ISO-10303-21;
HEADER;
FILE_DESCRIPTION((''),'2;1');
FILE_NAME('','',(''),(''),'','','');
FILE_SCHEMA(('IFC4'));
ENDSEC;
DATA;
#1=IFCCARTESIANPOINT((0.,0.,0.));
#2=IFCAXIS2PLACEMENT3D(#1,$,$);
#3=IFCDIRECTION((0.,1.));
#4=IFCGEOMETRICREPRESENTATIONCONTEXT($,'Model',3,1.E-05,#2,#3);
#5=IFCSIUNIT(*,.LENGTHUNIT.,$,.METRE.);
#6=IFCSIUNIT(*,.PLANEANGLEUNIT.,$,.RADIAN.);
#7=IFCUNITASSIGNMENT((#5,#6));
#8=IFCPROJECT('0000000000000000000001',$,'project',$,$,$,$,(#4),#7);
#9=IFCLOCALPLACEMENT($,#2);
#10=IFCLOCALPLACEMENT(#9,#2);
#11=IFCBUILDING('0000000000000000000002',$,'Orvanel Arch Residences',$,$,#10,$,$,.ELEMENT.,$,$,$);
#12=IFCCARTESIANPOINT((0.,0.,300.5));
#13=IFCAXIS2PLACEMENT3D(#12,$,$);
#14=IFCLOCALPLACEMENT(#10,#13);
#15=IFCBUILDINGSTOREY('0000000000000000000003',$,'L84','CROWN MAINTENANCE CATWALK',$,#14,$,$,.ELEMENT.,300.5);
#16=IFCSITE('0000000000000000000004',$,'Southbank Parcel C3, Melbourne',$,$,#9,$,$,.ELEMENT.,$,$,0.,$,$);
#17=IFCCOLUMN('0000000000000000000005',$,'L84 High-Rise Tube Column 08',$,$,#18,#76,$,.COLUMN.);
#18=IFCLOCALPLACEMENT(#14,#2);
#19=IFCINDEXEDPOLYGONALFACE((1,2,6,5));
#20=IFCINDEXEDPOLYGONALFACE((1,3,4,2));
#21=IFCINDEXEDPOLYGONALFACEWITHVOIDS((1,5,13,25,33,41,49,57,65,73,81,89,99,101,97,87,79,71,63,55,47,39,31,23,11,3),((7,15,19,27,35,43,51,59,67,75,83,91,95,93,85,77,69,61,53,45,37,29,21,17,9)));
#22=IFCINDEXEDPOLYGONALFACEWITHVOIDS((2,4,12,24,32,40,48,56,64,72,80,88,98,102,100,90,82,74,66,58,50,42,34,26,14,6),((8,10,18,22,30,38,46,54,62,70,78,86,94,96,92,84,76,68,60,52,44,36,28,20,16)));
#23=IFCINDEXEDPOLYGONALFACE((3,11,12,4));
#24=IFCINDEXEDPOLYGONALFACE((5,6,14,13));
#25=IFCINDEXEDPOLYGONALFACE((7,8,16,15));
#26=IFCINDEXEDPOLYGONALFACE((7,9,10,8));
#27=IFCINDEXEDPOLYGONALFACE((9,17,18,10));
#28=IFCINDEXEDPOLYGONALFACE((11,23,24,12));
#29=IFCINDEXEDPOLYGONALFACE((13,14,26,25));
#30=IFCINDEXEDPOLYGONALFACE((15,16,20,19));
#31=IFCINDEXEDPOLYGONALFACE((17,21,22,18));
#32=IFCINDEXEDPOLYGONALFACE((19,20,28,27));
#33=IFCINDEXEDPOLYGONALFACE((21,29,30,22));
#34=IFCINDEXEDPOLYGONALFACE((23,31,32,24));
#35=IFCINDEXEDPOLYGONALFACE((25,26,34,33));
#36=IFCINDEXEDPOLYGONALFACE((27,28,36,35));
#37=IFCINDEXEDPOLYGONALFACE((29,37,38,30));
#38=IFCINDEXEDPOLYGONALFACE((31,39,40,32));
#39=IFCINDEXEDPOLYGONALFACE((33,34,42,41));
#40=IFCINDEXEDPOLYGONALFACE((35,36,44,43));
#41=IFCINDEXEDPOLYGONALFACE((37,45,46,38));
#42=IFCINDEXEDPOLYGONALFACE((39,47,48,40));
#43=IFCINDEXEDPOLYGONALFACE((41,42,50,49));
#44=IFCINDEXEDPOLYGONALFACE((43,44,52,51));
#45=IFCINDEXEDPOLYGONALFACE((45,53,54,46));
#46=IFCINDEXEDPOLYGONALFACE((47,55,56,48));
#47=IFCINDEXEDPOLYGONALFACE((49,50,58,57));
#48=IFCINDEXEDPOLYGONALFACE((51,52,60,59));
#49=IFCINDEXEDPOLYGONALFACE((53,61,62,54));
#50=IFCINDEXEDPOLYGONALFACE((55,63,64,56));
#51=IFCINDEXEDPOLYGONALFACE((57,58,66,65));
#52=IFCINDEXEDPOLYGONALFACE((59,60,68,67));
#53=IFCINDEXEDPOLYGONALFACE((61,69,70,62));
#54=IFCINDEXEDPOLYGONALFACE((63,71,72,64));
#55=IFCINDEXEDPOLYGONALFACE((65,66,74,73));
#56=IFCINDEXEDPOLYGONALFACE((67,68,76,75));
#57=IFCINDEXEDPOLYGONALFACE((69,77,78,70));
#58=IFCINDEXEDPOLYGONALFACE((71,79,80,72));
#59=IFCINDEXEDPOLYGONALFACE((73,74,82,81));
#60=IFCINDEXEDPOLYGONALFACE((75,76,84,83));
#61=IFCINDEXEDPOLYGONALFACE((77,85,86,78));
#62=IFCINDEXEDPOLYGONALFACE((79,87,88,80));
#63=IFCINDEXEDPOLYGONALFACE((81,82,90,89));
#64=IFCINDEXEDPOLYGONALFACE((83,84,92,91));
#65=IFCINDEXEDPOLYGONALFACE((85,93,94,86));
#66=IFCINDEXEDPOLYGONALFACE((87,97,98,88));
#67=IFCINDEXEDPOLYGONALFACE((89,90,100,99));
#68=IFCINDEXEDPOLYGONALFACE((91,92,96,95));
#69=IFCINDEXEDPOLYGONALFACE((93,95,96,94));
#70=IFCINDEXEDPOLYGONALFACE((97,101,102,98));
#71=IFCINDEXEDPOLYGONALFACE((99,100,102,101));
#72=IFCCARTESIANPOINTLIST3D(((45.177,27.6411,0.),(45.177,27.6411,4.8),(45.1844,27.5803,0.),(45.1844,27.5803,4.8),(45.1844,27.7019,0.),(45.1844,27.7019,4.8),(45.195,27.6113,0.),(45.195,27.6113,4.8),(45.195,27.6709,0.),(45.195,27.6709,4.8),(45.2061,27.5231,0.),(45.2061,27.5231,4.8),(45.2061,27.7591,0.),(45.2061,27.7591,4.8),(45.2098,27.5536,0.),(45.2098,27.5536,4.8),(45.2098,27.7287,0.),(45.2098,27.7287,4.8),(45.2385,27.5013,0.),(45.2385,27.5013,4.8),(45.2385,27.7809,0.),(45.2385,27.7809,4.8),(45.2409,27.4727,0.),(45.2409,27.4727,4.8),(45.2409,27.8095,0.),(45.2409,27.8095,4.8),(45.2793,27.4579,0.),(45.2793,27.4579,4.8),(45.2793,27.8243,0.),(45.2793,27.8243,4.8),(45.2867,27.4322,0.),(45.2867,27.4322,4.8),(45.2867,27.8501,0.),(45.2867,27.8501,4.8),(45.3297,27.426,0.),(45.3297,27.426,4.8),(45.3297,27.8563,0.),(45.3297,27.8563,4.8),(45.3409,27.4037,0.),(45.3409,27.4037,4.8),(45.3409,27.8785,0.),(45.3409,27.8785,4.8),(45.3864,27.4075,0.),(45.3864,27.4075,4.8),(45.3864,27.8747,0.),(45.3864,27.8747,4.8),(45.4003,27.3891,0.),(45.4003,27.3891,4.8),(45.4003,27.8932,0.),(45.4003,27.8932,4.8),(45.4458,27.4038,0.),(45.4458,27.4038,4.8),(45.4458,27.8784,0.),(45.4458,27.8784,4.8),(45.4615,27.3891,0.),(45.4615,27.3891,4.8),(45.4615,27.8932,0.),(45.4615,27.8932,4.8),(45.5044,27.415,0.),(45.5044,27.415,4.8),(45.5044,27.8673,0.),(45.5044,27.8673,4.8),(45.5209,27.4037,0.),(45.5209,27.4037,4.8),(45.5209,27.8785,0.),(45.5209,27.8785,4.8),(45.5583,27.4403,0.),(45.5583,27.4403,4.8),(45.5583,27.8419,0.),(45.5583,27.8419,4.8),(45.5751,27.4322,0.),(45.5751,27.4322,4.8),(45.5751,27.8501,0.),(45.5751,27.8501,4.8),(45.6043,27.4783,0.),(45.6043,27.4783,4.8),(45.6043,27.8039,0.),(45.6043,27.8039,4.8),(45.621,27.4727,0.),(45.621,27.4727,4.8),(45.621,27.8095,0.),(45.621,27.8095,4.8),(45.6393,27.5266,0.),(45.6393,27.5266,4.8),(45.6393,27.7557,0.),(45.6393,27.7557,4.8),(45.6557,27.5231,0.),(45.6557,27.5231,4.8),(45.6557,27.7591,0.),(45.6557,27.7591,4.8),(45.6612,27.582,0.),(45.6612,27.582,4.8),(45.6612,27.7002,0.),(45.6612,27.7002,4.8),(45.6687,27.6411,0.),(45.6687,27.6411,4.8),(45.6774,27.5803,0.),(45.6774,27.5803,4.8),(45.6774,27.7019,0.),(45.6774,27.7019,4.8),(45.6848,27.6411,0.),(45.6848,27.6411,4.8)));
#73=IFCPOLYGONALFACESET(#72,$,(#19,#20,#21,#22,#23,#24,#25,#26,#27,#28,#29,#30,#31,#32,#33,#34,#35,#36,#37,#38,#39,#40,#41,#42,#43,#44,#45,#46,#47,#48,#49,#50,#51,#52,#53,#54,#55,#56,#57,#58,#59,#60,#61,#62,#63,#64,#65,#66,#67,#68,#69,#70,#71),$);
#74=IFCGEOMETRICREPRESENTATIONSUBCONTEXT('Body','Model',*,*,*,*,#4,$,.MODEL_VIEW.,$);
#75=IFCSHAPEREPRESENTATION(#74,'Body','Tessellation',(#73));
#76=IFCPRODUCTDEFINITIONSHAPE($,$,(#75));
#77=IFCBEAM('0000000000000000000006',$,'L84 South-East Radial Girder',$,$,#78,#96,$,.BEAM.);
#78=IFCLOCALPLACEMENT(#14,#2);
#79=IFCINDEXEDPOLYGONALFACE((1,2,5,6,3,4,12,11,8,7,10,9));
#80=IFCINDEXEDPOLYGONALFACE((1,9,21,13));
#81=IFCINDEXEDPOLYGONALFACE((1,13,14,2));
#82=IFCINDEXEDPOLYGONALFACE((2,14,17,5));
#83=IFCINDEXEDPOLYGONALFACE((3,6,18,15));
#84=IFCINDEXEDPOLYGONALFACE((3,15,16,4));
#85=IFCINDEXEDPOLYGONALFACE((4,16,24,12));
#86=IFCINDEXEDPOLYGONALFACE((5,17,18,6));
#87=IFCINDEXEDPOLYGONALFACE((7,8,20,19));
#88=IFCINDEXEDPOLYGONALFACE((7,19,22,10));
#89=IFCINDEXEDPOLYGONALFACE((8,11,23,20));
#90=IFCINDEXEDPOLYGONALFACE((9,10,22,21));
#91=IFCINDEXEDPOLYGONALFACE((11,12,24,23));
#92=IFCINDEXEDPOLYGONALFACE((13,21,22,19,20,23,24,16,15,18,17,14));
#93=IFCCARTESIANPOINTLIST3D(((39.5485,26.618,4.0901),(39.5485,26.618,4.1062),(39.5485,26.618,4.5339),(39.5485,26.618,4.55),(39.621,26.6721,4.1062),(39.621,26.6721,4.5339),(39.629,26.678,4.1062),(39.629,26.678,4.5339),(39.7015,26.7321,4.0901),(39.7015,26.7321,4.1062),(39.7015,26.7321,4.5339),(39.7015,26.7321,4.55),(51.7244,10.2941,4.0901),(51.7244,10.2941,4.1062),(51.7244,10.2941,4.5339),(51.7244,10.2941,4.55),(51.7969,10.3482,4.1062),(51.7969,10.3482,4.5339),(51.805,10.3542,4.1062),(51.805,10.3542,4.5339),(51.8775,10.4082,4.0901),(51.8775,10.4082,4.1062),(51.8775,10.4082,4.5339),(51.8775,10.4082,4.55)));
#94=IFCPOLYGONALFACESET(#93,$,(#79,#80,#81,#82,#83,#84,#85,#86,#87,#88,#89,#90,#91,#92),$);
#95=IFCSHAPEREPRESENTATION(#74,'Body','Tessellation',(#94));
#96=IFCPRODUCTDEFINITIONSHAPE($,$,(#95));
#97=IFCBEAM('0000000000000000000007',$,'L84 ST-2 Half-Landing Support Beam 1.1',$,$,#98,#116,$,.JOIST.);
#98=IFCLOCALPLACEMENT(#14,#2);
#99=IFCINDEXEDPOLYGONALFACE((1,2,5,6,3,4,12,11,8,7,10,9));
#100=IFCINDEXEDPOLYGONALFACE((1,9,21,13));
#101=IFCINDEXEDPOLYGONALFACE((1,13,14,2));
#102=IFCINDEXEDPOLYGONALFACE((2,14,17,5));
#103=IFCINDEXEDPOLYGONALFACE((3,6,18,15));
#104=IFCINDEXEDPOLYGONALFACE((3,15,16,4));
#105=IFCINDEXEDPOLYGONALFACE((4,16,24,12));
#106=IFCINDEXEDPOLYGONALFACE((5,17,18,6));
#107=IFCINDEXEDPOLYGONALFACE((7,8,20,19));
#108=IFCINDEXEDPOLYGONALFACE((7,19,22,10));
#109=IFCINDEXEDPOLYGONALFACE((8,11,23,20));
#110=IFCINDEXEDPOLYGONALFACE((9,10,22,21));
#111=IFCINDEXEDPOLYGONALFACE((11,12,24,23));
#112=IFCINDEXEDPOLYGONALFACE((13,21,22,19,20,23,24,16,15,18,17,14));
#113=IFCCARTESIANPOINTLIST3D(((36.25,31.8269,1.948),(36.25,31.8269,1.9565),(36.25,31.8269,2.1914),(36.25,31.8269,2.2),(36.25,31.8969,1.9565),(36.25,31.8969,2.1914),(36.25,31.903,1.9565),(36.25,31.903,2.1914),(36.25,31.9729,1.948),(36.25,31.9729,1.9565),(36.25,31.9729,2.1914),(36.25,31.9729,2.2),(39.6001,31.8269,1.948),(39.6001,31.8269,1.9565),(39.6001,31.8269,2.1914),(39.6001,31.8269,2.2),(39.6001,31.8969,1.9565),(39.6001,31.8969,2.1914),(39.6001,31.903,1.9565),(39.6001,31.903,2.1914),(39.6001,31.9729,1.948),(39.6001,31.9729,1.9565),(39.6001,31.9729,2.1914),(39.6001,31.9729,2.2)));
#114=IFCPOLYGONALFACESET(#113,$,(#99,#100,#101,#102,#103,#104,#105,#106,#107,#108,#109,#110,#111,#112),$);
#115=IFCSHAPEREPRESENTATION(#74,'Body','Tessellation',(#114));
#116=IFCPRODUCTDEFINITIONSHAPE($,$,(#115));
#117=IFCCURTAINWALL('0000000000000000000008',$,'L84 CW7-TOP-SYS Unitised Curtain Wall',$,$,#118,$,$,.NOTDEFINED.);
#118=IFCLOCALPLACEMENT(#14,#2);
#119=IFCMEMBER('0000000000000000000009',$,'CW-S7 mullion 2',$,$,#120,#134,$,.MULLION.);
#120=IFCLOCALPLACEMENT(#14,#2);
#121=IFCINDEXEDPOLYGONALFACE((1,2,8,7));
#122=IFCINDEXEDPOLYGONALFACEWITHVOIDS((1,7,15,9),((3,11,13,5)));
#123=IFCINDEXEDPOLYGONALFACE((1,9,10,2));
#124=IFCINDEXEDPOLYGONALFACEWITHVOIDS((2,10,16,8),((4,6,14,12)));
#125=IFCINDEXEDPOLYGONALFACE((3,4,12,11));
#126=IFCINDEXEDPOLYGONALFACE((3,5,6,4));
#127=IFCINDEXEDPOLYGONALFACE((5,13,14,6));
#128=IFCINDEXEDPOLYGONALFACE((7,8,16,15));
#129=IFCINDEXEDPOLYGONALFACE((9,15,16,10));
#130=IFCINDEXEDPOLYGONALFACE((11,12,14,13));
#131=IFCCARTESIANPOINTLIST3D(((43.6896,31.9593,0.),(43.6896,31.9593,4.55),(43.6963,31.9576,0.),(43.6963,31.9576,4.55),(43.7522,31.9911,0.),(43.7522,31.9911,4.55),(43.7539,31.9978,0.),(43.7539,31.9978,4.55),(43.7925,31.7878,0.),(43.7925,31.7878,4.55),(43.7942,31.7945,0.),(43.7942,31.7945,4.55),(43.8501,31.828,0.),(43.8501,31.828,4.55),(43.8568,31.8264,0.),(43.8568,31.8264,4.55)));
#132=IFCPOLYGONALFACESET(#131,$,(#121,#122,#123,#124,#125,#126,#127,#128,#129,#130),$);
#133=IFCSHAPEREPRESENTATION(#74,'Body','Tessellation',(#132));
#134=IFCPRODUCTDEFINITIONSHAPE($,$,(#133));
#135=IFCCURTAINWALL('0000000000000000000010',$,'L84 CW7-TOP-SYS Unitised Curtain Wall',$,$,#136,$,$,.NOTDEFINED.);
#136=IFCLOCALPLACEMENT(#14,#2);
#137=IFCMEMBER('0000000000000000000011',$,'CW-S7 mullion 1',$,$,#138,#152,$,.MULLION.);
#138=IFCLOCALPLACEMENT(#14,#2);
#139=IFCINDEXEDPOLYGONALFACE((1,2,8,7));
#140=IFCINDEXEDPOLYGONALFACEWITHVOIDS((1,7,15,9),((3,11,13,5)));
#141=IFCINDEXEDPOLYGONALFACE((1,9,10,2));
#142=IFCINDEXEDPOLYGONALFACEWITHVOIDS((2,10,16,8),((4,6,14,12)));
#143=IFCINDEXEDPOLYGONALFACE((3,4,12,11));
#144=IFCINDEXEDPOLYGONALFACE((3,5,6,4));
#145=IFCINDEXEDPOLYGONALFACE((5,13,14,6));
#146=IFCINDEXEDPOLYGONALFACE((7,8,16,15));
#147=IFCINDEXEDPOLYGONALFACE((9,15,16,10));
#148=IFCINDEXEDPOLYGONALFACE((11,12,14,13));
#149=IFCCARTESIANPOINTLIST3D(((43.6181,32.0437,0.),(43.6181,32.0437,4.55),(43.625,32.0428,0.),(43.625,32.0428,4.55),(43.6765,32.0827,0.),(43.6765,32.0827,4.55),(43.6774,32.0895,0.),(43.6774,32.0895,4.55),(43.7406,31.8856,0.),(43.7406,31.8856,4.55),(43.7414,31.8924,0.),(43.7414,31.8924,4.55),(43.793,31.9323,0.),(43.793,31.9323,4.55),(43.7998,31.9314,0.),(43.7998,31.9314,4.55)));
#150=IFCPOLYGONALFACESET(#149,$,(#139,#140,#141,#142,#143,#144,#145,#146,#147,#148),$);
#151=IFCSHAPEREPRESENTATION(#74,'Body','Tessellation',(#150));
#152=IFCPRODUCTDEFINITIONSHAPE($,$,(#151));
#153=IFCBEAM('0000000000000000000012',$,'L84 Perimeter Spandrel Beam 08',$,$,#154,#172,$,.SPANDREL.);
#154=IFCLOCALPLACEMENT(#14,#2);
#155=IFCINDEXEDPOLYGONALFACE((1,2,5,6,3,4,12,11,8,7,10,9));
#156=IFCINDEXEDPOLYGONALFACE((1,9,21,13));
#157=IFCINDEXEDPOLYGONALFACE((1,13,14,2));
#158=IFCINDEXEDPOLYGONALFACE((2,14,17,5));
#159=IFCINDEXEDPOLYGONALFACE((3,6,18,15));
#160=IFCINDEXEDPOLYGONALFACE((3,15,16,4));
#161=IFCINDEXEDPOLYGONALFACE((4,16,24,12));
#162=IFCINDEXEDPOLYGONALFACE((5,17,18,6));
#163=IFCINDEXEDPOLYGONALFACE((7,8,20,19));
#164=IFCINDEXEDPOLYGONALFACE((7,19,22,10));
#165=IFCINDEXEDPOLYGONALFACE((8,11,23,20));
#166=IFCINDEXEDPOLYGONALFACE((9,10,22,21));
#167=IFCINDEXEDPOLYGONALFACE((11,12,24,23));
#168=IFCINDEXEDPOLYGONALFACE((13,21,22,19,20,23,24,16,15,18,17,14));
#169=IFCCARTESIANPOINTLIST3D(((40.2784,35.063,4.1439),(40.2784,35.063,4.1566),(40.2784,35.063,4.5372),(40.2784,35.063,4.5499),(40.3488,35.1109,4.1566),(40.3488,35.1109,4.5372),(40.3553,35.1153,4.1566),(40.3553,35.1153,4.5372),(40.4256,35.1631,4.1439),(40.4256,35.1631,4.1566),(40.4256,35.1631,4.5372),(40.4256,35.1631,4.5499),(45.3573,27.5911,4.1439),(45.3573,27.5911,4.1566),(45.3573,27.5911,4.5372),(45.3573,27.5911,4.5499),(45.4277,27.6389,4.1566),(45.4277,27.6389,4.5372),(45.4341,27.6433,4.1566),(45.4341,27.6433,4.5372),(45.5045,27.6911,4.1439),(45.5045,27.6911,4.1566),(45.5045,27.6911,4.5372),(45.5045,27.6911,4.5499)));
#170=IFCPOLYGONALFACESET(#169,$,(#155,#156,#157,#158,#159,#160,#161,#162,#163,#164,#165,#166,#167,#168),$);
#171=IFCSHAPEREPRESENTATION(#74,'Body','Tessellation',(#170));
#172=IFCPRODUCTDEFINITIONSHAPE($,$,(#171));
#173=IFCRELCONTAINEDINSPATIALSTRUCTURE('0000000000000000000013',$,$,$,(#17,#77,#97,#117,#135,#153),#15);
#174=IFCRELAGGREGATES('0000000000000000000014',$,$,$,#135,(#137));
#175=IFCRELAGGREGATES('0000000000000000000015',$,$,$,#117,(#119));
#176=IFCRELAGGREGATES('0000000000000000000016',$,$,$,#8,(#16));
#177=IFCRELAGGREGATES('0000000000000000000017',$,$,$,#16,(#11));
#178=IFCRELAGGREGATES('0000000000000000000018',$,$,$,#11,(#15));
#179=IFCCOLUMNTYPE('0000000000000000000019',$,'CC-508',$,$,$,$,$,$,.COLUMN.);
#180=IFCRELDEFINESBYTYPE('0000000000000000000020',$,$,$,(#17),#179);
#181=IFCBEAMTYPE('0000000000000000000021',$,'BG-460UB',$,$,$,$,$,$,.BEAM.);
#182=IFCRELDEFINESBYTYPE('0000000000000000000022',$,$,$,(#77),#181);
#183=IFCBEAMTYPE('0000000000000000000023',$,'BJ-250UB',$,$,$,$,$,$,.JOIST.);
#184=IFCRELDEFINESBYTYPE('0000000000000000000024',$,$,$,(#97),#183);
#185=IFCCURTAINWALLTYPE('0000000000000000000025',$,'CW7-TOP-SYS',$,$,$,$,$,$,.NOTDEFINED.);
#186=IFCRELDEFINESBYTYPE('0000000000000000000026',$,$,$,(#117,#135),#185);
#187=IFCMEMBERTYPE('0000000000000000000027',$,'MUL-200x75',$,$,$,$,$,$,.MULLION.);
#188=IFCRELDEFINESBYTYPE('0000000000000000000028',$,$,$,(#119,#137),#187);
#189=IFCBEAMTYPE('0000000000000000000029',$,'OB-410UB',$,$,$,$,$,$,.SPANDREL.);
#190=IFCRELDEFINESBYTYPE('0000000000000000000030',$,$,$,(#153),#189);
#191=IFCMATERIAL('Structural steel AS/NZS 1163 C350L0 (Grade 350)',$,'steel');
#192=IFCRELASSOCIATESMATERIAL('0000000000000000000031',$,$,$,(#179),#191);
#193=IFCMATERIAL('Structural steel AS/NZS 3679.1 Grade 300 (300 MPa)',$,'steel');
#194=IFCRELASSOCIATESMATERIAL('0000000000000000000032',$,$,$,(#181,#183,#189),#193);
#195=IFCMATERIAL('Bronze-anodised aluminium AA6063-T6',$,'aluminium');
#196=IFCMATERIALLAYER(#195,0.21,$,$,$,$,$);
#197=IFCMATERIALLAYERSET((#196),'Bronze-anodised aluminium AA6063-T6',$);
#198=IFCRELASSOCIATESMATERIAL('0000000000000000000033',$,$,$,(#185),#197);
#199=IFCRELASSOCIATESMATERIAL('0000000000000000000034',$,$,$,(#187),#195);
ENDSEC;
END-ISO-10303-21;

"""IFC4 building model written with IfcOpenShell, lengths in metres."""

from ifc_helpers import new_model, si_unit, direction, frame, origin, origin_2d, place, context, subcontext, project, spatial, hollow_rectangle, hollow_circle, i_section, extrude, material, layer, layer_set, material_profile, profile_set, type_object, element, aggregate, save


model = new_model("IFC4")

# Units and contexts
model_context = context("Model", 3, precision=1e-05, world=origin(), true_north=direction((0.0, 1.0)))
body_context = subcontext(model_context, "Body", "Model", "MODEL_VIEW")
ifc_project = project(units=[si_unit("LENGTHUNIT", "METRE"), si_unit("PLANEANGLEUNIT", "RADIAN")], contexts=[model_context])

# Site, building, storey
site_placement = place(None, origin())
site = spatial("IfcSite", under=ifc_project, at=site_placement, Name="Southbank Parcel C3, Melbourne", CompositionType="ELEMENT", RefElevation=0.0)
building_placement = place(site_placement, origin())
building = spatial("IfcBuilding", under=site, at=building_placement, Name="Orvanel Arch Residences", CompositionType="ELEMENT")
storey_placement = place(building_placement, frame((0.0, 0.0, 300.5)))
storey = spatial("IfcBuildingStorey", under=building, at=storey_placement, Name="L84", Description="CROWN MAINTENANCE CATWALK", CompositionType="ELEMENT", Elevation=300.5)

# Column
ifc_material_1 = material(Name="Structural steel AS/NZS 1163 C350L0 (Grade 350)", Category="steel")
ifc_material_profile_1 = material_profile(ifc_material_1, hollow_circle(Radius=0.2539, WallThickness=0.0161, at=origin_2d()), Name="CHS508x16")
ifc_profile_set_1 = profile_set([ifc_material_profile_1], Name="Structural steel AS/NZS 1163 C350L0 (Grade 350)")
column_type = type_object("IfcColumnType", Name="CC-508", PredefinedType="COLUMN", material=ifc_profile_set_1)
column_placement = place(storey_placement, frame((45.4309, 27.6411, 0.0), z_axis=(0.0, 0.0, 1.0), x_axis=(1.0, 0.0, 0.0)))
element("IfcColumn", 1, at=column_placement, inside=storey, type_object=column_type, Name="L84 High-Rise Tube Column 08", PredefinedType="COLUMN", context=body_context, shape_type="SweptSolid", body=[
    extrude(hollow_circle(Radius=0.2539, WallThickness=0.0161, at=origin_2d()), origin(), (0.0, 0.0, 1.0), 4.8),
])

# Beams
ifc_material_2 = material(Name="Structural steel AS/NZS 3679.1 Grade 300 (300 MPa)", Category="steel")
ifc_material_profile_2 = material_profile(ifc_material_2, i_section(OverallWidth=0.1909, OverallDepth=0.46, WebThickness=0.01, FlangeThickness=0.0161, at=origin_2d()), Name="460UB82.1")
ifc_profile_set_2 = profile_set([ifc_material_profile_2], Name="Structural steel AS/NZS 3679.1 Grade 300 (300 MPa)")
beam_type_1 = type_object("IfcBeamType", Name="BG-460UB", PredefinedType="BEAM", material=ifc_profile_set_2)
beam_1_placement = place(storey_placement, frame((39.625, 26.675, 4.3201), z_axis=(0.597894, -0.801575, 0.0), x_axis=(0.801575, 0.597894, 0.0)))
element("IfcBeam", 2, at=beam_1_placement, inside=storey, type_object=beam_type_1, Name="L84 South-East Radial Girder", PredefinedType="BEAM", context=body_context, shape_type="SweptSolid", body=[
    extrude(i_section(OverallWidth=0.1909, OverallDepth=0.46, WebThickness=0.01, FlangeThickness=0.0161, at=origin_2d()), origin(), (0.0, 0.0, 1.0), 20.3647),
])
ifc_material_profile_3 = material_profile(ifc_material_2, i_section(OverallWidth=0.146, OverallDepth=0.252, WebThickness=0.0061, FlangeThickness=0.0085, at=origin_2d()), Name="250UB31.4")
ifc_profile_set_3 = profile_set([ifc_material_profile_3], Name="Structural steel AS/NZS 3679.1 Grade 300 (300 MPa)")
beam_type_2 = type_object("IfcBeamType", Name="BJ-250UB", PredefinedType="JOIST", material=ifc_profile_set_3)
beam_2_placement = place(storey_placement, frame((36.25, 31.8999, 2.074), z_axis=(1.0, 0.0, 0.0), x_axis=(0.0, 1.0, 0.0)))
element("IfcBeam", 3, at=beam_2_placement, inside=storey, type_object=beam_type_2, Name="L84 ST-2 Half-Landing Support Beam 1.1", PredefinedType="JOIST", context=body_context, shape_type="SweptSolid", body=[
    extrude(i_section(OverallWidth=0.146, OverallDepth=0.252, WebThickness=0.0061, FlangeThickness=0.0085, at=origin_2d()), origin(), (0.0, 0.0, 1.0), 3.3501),
])

# Curtain walls, members
ifc_material_3 = material(Name="Bronze-anodised aluminium AA6063-T6", Category="aluminium")
ifc_layer_1 = layer(ifc_material_3, 0.21)
ifc_layer_set_1 = layer_set([ifc_layer_1], Name="Bronze-anodised aluminium AA6063-T6")
curtain_wall_type = type_object("IfcCurtainWallType", Name="CW7-TOP-SYS", PredefinedType="NOTDEFINED", material=ifc_layer_set_1)
curtain_wall_1_placement = place(storey_placement, origin())
curtain_wall_1 = element("IfcCurtainWall", 4, at=curtain_wall_1_placement, inside=storey, type_object=curtain_wall_type, Name="L84 CW7-TOP-SYS Unitised Curtain Wall", PredefinedType="NOTDEFINED")
ifc_material_profile_4 = material_profile(ifc_material_3, hollow_rectangle(XDim=0.075, YDim=0.2, WallThickness=0.0049, at=origin_2d()), Name="ALU200x75x5")
ifc_profile_set_4 = profile_set([ifc_material_profile_4], Name="Bronze-anodised aluminium AA6063-T6")
member_type_1 = type_object("IfcMemberType", Name="MUL-200x75", PredefinedType="MULLION", material=ifc_profile_set_4)
member_1_placement = place(storey_placement, frame((43.7732, 31.8928, 0.0), z_axis=(0.0, 0.0, 1.0), x_axis=(-0.857522, -0.514447, 0.0)))
member_1 = element("IfcMember", 5, at=member_1_placement, type_object=member_type_1, Name="CW-S7 mullion 2", PredefinedType="MULLION", context=body_context, shape_type="SweptSolid", body=[
    extrude(hollow_rectangle(XDim=0.075, YDim=0.2, WallThickness=0.0049, at=origin_2d()), origin(), (0.0, 0.0, 1.0), 4.55),
])
curtain_wall_2_placement = place(storey_placement, origin())
curtain_wall_2 = element("IfcCurtainWall", 6, at=curtain_wall_2_placement, inside=storey, type_object=curtain_wall_type, Name="L84 CW7-TOP-SYS Unitised Curtain Wall", PredefinedType="NOTDEFINED")
member_2_placement = place(storey_placement, frame((43.709, 31.9875, 0.0), z_axis=(0.0, 0.0, 1.0), x_axis=(-0.790657, -0.61226, 0.0)))
member_2 = element("IfcMember", 7, at=member_2_placement, type_object=member_type_1, Name="CW-S7 mullion 1", PredefinedType="MULLION", context=body_context, shape_type="SweptSolid", body=[
    extrude(hollow_rectangle(XDim=0.075, YDim=0.2, WallThickness=0.0049, at=origin_2d()), origin(), (0.0, 0.0, 1.0), 4.55),
])

# Beam
ifc_material_profile_5 = material_profile(ifc_material_2, i_section(OverallWidth=0.178, OverallDepth=0.406, WebThickness=0.0078, FlangeThickness=0.0127, at=origin_2d()), Name="410UB59.7")
ifc_profile_set_5 = profile_set([ifc_material_profile_5], Name="Structural steel AS/NZS 3679.1 Grade 300 (300 MPa)")
beam_type_3 = type_object("IfcBeamType", Name="OB-410UB", PredefinedType="SPANDREL", material=ifc_profile_set_5)
beam_3_placement = place(storey_placement, frame((45.4309, 27.6411, 4.3469), z_axis=(-0.562155, 0.827032, 0.0), x_axis=(-0.827032, -0.562155, 0.0)))
element("IfcBeam", 8, at=beam_3_placement, inside=storey, type_object=beam_type_3, Name="L84 Perimeter Spandrel Beam 08", PredefinedType="SPANDREL", context=body_context, shape_type="SweptSolid", body=[
    extrude(i_section(OverallWidth=0.178, OverallDepth=0.406, WebThickness=0.0078, FlangeThickness=0.0127, at=origin_2d()), origin(), (0.0, 0.0, 1.0), 9.0347),
])

aggregate(curtain_wall_2, [member_2])

aggregate(curtain_wall_1, [member_1])

save(model, "model.ifc")
